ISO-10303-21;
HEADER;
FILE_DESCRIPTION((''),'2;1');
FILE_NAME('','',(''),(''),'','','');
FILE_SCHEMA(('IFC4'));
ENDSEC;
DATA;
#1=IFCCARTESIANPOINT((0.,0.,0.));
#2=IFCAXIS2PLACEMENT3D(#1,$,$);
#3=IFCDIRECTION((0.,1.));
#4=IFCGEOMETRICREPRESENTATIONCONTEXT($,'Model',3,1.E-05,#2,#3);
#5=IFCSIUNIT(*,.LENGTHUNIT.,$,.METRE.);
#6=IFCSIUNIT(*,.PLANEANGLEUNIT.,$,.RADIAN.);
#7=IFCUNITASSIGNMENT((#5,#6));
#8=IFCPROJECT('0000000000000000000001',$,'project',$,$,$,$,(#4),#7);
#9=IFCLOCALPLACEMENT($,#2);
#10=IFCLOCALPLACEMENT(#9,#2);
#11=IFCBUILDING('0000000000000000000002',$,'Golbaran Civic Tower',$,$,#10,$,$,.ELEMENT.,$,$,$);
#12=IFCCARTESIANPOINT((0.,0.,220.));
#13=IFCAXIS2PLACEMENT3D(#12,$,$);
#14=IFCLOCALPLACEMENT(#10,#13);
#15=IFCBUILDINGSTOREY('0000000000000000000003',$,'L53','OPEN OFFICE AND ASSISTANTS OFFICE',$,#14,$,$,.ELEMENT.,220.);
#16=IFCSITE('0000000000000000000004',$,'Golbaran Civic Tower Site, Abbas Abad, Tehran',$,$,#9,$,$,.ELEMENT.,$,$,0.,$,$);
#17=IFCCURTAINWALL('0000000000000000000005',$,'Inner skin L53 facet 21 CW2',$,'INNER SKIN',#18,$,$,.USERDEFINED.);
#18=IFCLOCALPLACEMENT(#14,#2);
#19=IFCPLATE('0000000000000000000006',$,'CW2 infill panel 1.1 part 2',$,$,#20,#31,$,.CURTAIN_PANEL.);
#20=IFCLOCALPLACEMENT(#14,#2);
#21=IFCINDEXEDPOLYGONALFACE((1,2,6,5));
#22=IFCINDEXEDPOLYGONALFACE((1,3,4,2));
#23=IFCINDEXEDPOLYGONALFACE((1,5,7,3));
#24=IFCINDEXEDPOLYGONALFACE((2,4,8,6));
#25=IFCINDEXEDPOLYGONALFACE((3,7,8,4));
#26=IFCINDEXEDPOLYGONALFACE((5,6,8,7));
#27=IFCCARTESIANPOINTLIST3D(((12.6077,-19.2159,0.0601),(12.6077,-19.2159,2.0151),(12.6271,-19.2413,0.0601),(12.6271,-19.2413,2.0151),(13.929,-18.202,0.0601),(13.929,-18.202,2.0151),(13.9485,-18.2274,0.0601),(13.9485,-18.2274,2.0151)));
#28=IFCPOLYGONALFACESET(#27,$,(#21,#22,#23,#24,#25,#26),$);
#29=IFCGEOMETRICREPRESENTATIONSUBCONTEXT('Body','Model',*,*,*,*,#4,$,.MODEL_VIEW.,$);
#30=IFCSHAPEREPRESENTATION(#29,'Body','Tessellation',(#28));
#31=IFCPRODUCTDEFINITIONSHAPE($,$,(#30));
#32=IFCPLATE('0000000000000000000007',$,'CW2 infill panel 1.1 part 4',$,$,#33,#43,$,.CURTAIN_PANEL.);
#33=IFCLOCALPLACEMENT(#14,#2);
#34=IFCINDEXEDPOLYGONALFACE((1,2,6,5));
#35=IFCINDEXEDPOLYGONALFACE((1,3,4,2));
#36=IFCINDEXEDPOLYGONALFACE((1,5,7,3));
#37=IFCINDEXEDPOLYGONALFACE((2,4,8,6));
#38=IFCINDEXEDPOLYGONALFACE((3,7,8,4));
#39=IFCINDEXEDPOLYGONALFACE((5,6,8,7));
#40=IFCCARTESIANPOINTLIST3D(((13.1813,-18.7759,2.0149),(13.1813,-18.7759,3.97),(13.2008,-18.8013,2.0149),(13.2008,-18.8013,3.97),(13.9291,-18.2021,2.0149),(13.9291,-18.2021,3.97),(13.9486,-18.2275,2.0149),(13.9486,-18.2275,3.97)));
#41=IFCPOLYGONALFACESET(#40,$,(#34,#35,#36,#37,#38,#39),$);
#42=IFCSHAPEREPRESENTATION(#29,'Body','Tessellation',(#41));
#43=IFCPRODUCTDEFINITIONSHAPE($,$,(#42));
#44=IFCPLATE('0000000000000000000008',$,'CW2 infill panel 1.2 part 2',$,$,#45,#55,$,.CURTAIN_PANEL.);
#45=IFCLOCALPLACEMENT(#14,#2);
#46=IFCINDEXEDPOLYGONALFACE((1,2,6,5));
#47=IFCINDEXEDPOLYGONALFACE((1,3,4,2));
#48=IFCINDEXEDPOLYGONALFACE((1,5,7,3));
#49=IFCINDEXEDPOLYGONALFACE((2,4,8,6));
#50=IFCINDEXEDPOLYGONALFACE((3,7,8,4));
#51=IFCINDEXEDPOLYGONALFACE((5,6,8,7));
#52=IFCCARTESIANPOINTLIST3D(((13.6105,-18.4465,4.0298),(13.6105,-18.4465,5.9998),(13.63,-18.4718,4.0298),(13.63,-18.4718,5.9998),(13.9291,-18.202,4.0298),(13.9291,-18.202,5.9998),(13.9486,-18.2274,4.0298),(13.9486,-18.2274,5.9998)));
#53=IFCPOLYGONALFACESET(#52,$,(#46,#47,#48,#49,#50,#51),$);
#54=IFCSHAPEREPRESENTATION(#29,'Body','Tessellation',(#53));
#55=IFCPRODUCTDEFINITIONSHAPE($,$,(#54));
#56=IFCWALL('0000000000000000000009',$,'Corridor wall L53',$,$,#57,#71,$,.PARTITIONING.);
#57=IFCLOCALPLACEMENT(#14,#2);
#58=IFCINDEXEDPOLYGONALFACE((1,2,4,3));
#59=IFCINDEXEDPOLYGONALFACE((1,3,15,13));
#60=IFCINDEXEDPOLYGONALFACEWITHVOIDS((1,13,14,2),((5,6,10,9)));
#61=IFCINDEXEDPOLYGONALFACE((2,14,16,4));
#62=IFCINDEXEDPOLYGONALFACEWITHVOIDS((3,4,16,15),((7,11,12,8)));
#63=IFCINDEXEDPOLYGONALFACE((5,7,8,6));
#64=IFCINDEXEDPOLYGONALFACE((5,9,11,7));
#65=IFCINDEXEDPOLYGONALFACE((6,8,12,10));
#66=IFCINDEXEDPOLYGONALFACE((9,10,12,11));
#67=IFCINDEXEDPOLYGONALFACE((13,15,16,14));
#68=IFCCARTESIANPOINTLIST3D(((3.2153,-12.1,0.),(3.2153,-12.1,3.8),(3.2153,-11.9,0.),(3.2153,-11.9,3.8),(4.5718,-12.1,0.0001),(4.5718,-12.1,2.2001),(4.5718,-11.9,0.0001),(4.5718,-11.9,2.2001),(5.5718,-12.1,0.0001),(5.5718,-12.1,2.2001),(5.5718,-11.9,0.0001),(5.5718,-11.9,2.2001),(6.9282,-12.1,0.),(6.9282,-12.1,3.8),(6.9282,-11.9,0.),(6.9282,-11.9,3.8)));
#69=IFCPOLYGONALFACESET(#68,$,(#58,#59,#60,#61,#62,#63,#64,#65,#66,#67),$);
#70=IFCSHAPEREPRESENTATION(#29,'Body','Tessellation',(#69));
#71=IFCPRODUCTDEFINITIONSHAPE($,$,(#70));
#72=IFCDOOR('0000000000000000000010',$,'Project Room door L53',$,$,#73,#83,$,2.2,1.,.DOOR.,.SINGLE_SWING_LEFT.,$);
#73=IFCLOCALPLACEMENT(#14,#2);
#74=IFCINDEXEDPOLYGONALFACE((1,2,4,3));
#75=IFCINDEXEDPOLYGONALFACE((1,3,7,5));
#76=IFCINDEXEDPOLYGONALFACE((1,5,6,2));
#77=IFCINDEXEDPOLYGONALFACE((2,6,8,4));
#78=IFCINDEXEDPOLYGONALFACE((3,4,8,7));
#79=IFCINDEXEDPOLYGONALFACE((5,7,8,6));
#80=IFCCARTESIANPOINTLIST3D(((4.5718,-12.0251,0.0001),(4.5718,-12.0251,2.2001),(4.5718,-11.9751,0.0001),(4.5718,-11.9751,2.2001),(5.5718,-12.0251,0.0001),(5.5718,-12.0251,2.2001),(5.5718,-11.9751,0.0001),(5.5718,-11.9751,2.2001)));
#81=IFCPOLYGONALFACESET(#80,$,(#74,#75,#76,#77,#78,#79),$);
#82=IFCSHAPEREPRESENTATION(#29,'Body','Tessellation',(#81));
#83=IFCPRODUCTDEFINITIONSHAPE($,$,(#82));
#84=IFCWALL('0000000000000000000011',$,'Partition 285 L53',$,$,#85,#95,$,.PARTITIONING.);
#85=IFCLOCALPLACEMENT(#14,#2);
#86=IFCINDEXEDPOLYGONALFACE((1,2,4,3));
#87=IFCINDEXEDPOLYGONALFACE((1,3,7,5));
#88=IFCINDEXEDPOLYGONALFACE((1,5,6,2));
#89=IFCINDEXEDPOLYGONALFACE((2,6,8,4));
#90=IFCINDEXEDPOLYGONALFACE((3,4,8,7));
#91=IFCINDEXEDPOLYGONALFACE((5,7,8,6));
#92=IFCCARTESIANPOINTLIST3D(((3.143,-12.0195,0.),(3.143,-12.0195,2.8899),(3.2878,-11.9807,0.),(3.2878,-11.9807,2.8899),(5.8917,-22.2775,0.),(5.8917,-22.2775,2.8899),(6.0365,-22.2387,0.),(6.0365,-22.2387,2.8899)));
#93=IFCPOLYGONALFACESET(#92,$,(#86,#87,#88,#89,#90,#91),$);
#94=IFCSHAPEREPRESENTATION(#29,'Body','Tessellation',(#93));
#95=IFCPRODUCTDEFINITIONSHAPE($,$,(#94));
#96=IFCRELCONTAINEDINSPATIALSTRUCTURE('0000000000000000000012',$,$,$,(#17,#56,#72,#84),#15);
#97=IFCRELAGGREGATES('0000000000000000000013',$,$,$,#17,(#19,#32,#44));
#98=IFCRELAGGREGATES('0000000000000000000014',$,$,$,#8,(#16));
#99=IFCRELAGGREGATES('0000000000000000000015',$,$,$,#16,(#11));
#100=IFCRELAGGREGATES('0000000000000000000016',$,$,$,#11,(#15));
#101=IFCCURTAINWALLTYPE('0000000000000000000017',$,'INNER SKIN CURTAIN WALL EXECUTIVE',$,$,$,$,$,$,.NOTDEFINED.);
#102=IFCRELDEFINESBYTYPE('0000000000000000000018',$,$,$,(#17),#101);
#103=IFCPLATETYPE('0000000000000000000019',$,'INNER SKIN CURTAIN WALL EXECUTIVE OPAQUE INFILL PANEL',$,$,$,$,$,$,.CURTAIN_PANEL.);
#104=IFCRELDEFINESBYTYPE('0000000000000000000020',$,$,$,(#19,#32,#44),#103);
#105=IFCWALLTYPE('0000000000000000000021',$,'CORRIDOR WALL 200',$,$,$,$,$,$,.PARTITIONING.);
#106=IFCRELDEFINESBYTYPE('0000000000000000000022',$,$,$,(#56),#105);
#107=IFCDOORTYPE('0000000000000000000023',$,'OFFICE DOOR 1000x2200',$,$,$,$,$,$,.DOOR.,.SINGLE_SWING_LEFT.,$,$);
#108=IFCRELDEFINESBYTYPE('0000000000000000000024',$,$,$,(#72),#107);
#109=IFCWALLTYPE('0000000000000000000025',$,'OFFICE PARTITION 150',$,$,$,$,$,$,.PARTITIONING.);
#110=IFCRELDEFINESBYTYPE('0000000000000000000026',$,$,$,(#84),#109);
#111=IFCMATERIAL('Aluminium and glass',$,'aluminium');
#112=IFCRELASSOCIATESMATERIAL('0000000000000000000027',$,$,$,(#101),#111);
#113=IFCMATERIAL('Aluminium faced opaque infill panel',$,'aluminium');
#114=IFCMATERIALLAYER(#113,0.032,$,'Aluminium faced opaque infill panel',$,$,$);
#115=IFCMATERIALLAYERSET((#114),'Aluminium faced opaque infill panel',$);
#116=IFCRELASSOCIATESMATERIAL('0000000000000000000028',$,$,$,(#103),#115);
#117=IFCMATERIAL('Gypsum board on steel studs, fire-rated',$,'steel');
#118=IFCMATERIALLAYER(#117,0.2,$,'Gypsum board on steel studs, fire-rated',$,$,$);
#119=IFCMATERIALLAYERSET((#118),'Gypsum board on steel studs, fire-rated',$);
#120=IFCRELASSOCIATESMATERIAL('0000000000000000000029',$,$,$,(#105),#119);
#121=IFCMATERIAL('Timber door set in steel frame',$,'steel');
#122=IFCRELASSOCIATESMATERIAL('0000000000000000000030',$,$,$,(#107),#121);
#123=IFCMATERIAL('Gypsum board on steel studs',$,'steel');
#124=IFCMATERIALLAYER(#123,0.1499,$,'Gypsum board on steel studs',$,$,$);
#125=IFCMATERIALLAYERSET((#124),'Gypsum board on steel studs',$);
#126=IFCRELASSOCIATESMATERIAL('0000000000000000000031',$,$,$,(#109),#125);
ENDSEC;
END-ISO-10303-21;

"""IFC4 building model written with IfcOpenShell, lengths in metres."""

from ifc_helpers import new_model, si_unit, direction, frame, frame_2d, origin, origin_2d, place, context, subcontext, project, spatial, rectangle, extrude, material, layer, layer_set, type_object, element, fill, aggregate, save


model = new_model("IFC4")

# Units and contexts
model_context = context("Model", 3, precision=1e-05, world=origin(), true_north=direction((0.0, 1.0)))
body_context = subcontext(model_context, "Body", "Model", "MODEL_VIEW")
ifc_project = project(units=[si_unit("LENGTHUNIT", "METRE"), si_unit("PLANEANGLEUNIT", "RADIAN")], contexts=[model_context])

# Site, building, storey
site_placement = place(None, origin())
site = spatial("IfcSite", under=ifc_project, at=site_placement, Name="Golbaran Civic Tower Site, Abbas Abad, Tehran", CompositionType="ELEMENT", RefElevation=0.0)
building_placement = place(site_placement, origin())
building = spatial("IfcBuilding", under=site, at=building_placement, Name="Golbaran Civic Tower", CompositionType="ELEMENT")
storey_placement = place(building_placement, frame((0.0, 0.0, 220.0)))
storey = spatial("IfcBuildingStorey", under=building, at=storey_placement, Name="L53", Description="OPEN OFFICE AND ASSISTANTS OFFICE", CompositionType="ELEMENT", Elevation=220.0)

# Shared definitions
ifc_material_1 = material(Name="Aluminium and glass", Category="aluminium")
curtain_wall_type = type_object("IfcCurtainWallType", Name="INNER SKIN CURTAIN WALL EXECUTIVE", PredefinedType="NOTDEFINED", material=ifc_material_1)

# Curtain wall
curtain_wall_1_placement = place(storey_placement, origin())
curtain_wall_1 = element("IfcCurtainWall", 1, at=curtain_wall_1_placement, inside=storey, type_object=curtain_wall_type, Name="Inner skin L53 facet 21 CW2", ObjectType="INNER SKIN", PredefinedType="USERDEFINED")

# Plates
ifc_material_2 = material(Name="Aluminium faced opaque infill panel", Category="aluminium")
ifc_layer_1 = layer(ifc_material_2, 0.032, Name="Aluminium faced opaque infill panel")
ifc_layer_set_1 = layer_set([ifc_layer_1], Name="Aluminium faced opaque infill panel")
plate_type_1 = type_object("IfcPlateType", Name="INNER SKIN CURTAIN WALL EXECUTIVE OPAQUE INFILL PANEL", PredefinedType="CURTAIN_PANEL", material=ifc_layer_set_1)
plate_1_placement = place(storey_placement, frame((13.2781, -18.7217, 0.0601), z_axis=(0.0, 0.0, 1.0), x_axis=(0.793353, 0.608761, 0.0)))
plate_1 = element("IfcPlate", 2, at=plate_1_placement, type_object=plate_type_1, Name="CW2 infill panel 1.1 part 2", PredefinedType="CURTAIN_PANEL", context=body_context, shape_type="SweptSolid", body=[
    extrude(rectangle(XDim=1.6655, YDim=0.032, at=origin_2d()), origin(), (0.0, 0.0, 1.0), 1.9551),
])
plate_2_placement = place(storey_placement, frame((13.5649, -18.5017, 2.0149), z_axis=(0.0, 0.0, 1.0), x_axis=(0.793353, 0.608761, 0.0)))
plate_2 = element("IfcPlate", 3, at=plate_2_placement, type_object=plate_type_1, Name="CW2 infill panel 1.1 part 4", PredefinedType="CURTAIN_PANEL", context=body_context, shape_type="SweptSolid", body=[
    extrude(rectangle(XDim=0.9426, YDim=0.032, at=origin_2d()), origin(), (0.0, 0.0, 1.0), 1.9551),
])
plate_3_placement = place(storey_placement, frame((13.7795, -18.3369, 4.0298), z_axis=(0.0, 0.0, 1.0), x_axis=(0.793353, 0.608761, 0.0)))
plate_3 = element("IfcPlate", 4, at=plate_3_placement, type_object=plate_type_1, Name="CW2 infill panel 1.2 part 2", PredefinedType="CURTAIN_PANEL", context=body_context, shape_type="SweptSolid", body=[
    extrude(rectangle(XDim=0.4016, YDim=0.032, at=origin_2d()), origin(), (0.0, 0.0, 1.0), 1.97),
])
aggregate(curtain_wall_1, [plate_1, plate_2, plate_3])

# Wall, opening, door
ifc_material_3 = material(Name="Gypsum board on steel studs, fire-rated", Category="steel")
ifc_layer_2 = layer(ifc_material_3, 0.2, Name="Gypsum board on steel studs, fire-rated")
ifc_layer_set_2 = layer_set([ifc_layer_2], Name="Gypsum board on steel studs, fire-rated")
wall_type_1 = type_object("IfcWallType", Name="CORRIDOR WALL 200", PredefinedType="PARTITIONING", material=ifc_layer_set_2)
wall_1_placement = place(storey_placement, frame((3.2153, -12.0, 0.0), z_axis=(0.0, 0.0, 1.0), x_axis=(1.0, 0.0, 0.0)))
wall_1 = element("IfcWall", 5, at=wall_1_placement, inside=storey, type_object=wall_type_1, Name="Corridor wall L53", PredefinedType="PARTITIONING", context=body_context, shape_type="SweptSolid", body=[
    extrude(rectangle(XDim=3.7129, YDim=0.2, at=frame_2d((1.8564, 0.0))), origin(), (0.0, 0.0, 1.0), 3.8),
])
opening_placement = place(wall_1_placement, frame((1.3564, 0.0, 0.0)))
opening = element("IfcOpeningElement", 6, at=opening_placement, cuts=wall_1, PredefinedType="OPENING", context=body_context, shape_type="SweptSolid", body=[
    extrude(rectangle(XDim=1.0, YDim=2.2, at=frame_2d((0.5, 1.1001))), frame((0.0, 0.1099, 0.0), z_axis=(0.0, -1.0, 0.0), x_axis=(1.0, 0.0, 0.0)), (0.0, 0.0, 1.0), 0.22),
])
ifc_material_4 = material(Name="Timber door set in steel frame", Category="steel")
door_type = type_object("IfcDoorType", Name="OFFICE DOOR 1000x2200", OperationType="SINGLE_SWING_LEFT", PredefinedType="DOOR", material=ifc_material_4)
door_placement = place(opening_placement, origin())
door = element("IfcDoor", 7, at=door_placement, inside=storey, type_object=door_type, Name="Project Room door L53", OperationType="SINGLE_SWING_LEFT", OverallHeight=2.2, OverallWidth=1.0, PredefinedType="DOOR", context=body_context, shape_type="SweptSolid", body=[
    extrude(rectangle(XDim=1.0, YDim=2.2, at=frame_2d((0.5, 1.1001))), frame((0.0, 0.0249, 0.0), z_axis=(0.0, -1.0, 0.0), x_axis=(1.0, 0.0, 0.0)), (0.0, 0.0, 1.0), 0.05),
])
fill(opening, door)

# Wall
ifc_material_5 = material(Name="Gypsum board on steel studs", Category="steel")
ifc_layer_3 = layer(ifc_material_5, 0.1499, Name="Gypsum board on steel studs")
ifc_layer_set_3 = layer_set([ifc_layer_3], Name="Gypsum board on steel studs")
wall_type_2 = type_object("IfcWallType", Name="OFFICE PARTITION 150", PredefinedType="PARTITIONING", material=ifc_layer_set_3)
wall_2_placement = place(storey_placement, frame((3.2153, -12.0, 0.0), z_axis=(0.0, 0.0, 1.0), x_axis=(0.258831, -0.965922, 0.0)))
element("IfcWall", 8, at=wall_2_placement, inside=storey, type_object=wall_type_2, Name="Partition 285 L53", PredefinedType="PARTITIONING", context=body_context, shape_type="SweptSolid", body=[
    extrude(rectangle(XDim=10.6199, YDim=0.1499, at=frame_2d((5.3101, 0.0))), origin(), (0.0, 0.0, 1.0), 2.8899),
])

save(model, "model.ifc")
